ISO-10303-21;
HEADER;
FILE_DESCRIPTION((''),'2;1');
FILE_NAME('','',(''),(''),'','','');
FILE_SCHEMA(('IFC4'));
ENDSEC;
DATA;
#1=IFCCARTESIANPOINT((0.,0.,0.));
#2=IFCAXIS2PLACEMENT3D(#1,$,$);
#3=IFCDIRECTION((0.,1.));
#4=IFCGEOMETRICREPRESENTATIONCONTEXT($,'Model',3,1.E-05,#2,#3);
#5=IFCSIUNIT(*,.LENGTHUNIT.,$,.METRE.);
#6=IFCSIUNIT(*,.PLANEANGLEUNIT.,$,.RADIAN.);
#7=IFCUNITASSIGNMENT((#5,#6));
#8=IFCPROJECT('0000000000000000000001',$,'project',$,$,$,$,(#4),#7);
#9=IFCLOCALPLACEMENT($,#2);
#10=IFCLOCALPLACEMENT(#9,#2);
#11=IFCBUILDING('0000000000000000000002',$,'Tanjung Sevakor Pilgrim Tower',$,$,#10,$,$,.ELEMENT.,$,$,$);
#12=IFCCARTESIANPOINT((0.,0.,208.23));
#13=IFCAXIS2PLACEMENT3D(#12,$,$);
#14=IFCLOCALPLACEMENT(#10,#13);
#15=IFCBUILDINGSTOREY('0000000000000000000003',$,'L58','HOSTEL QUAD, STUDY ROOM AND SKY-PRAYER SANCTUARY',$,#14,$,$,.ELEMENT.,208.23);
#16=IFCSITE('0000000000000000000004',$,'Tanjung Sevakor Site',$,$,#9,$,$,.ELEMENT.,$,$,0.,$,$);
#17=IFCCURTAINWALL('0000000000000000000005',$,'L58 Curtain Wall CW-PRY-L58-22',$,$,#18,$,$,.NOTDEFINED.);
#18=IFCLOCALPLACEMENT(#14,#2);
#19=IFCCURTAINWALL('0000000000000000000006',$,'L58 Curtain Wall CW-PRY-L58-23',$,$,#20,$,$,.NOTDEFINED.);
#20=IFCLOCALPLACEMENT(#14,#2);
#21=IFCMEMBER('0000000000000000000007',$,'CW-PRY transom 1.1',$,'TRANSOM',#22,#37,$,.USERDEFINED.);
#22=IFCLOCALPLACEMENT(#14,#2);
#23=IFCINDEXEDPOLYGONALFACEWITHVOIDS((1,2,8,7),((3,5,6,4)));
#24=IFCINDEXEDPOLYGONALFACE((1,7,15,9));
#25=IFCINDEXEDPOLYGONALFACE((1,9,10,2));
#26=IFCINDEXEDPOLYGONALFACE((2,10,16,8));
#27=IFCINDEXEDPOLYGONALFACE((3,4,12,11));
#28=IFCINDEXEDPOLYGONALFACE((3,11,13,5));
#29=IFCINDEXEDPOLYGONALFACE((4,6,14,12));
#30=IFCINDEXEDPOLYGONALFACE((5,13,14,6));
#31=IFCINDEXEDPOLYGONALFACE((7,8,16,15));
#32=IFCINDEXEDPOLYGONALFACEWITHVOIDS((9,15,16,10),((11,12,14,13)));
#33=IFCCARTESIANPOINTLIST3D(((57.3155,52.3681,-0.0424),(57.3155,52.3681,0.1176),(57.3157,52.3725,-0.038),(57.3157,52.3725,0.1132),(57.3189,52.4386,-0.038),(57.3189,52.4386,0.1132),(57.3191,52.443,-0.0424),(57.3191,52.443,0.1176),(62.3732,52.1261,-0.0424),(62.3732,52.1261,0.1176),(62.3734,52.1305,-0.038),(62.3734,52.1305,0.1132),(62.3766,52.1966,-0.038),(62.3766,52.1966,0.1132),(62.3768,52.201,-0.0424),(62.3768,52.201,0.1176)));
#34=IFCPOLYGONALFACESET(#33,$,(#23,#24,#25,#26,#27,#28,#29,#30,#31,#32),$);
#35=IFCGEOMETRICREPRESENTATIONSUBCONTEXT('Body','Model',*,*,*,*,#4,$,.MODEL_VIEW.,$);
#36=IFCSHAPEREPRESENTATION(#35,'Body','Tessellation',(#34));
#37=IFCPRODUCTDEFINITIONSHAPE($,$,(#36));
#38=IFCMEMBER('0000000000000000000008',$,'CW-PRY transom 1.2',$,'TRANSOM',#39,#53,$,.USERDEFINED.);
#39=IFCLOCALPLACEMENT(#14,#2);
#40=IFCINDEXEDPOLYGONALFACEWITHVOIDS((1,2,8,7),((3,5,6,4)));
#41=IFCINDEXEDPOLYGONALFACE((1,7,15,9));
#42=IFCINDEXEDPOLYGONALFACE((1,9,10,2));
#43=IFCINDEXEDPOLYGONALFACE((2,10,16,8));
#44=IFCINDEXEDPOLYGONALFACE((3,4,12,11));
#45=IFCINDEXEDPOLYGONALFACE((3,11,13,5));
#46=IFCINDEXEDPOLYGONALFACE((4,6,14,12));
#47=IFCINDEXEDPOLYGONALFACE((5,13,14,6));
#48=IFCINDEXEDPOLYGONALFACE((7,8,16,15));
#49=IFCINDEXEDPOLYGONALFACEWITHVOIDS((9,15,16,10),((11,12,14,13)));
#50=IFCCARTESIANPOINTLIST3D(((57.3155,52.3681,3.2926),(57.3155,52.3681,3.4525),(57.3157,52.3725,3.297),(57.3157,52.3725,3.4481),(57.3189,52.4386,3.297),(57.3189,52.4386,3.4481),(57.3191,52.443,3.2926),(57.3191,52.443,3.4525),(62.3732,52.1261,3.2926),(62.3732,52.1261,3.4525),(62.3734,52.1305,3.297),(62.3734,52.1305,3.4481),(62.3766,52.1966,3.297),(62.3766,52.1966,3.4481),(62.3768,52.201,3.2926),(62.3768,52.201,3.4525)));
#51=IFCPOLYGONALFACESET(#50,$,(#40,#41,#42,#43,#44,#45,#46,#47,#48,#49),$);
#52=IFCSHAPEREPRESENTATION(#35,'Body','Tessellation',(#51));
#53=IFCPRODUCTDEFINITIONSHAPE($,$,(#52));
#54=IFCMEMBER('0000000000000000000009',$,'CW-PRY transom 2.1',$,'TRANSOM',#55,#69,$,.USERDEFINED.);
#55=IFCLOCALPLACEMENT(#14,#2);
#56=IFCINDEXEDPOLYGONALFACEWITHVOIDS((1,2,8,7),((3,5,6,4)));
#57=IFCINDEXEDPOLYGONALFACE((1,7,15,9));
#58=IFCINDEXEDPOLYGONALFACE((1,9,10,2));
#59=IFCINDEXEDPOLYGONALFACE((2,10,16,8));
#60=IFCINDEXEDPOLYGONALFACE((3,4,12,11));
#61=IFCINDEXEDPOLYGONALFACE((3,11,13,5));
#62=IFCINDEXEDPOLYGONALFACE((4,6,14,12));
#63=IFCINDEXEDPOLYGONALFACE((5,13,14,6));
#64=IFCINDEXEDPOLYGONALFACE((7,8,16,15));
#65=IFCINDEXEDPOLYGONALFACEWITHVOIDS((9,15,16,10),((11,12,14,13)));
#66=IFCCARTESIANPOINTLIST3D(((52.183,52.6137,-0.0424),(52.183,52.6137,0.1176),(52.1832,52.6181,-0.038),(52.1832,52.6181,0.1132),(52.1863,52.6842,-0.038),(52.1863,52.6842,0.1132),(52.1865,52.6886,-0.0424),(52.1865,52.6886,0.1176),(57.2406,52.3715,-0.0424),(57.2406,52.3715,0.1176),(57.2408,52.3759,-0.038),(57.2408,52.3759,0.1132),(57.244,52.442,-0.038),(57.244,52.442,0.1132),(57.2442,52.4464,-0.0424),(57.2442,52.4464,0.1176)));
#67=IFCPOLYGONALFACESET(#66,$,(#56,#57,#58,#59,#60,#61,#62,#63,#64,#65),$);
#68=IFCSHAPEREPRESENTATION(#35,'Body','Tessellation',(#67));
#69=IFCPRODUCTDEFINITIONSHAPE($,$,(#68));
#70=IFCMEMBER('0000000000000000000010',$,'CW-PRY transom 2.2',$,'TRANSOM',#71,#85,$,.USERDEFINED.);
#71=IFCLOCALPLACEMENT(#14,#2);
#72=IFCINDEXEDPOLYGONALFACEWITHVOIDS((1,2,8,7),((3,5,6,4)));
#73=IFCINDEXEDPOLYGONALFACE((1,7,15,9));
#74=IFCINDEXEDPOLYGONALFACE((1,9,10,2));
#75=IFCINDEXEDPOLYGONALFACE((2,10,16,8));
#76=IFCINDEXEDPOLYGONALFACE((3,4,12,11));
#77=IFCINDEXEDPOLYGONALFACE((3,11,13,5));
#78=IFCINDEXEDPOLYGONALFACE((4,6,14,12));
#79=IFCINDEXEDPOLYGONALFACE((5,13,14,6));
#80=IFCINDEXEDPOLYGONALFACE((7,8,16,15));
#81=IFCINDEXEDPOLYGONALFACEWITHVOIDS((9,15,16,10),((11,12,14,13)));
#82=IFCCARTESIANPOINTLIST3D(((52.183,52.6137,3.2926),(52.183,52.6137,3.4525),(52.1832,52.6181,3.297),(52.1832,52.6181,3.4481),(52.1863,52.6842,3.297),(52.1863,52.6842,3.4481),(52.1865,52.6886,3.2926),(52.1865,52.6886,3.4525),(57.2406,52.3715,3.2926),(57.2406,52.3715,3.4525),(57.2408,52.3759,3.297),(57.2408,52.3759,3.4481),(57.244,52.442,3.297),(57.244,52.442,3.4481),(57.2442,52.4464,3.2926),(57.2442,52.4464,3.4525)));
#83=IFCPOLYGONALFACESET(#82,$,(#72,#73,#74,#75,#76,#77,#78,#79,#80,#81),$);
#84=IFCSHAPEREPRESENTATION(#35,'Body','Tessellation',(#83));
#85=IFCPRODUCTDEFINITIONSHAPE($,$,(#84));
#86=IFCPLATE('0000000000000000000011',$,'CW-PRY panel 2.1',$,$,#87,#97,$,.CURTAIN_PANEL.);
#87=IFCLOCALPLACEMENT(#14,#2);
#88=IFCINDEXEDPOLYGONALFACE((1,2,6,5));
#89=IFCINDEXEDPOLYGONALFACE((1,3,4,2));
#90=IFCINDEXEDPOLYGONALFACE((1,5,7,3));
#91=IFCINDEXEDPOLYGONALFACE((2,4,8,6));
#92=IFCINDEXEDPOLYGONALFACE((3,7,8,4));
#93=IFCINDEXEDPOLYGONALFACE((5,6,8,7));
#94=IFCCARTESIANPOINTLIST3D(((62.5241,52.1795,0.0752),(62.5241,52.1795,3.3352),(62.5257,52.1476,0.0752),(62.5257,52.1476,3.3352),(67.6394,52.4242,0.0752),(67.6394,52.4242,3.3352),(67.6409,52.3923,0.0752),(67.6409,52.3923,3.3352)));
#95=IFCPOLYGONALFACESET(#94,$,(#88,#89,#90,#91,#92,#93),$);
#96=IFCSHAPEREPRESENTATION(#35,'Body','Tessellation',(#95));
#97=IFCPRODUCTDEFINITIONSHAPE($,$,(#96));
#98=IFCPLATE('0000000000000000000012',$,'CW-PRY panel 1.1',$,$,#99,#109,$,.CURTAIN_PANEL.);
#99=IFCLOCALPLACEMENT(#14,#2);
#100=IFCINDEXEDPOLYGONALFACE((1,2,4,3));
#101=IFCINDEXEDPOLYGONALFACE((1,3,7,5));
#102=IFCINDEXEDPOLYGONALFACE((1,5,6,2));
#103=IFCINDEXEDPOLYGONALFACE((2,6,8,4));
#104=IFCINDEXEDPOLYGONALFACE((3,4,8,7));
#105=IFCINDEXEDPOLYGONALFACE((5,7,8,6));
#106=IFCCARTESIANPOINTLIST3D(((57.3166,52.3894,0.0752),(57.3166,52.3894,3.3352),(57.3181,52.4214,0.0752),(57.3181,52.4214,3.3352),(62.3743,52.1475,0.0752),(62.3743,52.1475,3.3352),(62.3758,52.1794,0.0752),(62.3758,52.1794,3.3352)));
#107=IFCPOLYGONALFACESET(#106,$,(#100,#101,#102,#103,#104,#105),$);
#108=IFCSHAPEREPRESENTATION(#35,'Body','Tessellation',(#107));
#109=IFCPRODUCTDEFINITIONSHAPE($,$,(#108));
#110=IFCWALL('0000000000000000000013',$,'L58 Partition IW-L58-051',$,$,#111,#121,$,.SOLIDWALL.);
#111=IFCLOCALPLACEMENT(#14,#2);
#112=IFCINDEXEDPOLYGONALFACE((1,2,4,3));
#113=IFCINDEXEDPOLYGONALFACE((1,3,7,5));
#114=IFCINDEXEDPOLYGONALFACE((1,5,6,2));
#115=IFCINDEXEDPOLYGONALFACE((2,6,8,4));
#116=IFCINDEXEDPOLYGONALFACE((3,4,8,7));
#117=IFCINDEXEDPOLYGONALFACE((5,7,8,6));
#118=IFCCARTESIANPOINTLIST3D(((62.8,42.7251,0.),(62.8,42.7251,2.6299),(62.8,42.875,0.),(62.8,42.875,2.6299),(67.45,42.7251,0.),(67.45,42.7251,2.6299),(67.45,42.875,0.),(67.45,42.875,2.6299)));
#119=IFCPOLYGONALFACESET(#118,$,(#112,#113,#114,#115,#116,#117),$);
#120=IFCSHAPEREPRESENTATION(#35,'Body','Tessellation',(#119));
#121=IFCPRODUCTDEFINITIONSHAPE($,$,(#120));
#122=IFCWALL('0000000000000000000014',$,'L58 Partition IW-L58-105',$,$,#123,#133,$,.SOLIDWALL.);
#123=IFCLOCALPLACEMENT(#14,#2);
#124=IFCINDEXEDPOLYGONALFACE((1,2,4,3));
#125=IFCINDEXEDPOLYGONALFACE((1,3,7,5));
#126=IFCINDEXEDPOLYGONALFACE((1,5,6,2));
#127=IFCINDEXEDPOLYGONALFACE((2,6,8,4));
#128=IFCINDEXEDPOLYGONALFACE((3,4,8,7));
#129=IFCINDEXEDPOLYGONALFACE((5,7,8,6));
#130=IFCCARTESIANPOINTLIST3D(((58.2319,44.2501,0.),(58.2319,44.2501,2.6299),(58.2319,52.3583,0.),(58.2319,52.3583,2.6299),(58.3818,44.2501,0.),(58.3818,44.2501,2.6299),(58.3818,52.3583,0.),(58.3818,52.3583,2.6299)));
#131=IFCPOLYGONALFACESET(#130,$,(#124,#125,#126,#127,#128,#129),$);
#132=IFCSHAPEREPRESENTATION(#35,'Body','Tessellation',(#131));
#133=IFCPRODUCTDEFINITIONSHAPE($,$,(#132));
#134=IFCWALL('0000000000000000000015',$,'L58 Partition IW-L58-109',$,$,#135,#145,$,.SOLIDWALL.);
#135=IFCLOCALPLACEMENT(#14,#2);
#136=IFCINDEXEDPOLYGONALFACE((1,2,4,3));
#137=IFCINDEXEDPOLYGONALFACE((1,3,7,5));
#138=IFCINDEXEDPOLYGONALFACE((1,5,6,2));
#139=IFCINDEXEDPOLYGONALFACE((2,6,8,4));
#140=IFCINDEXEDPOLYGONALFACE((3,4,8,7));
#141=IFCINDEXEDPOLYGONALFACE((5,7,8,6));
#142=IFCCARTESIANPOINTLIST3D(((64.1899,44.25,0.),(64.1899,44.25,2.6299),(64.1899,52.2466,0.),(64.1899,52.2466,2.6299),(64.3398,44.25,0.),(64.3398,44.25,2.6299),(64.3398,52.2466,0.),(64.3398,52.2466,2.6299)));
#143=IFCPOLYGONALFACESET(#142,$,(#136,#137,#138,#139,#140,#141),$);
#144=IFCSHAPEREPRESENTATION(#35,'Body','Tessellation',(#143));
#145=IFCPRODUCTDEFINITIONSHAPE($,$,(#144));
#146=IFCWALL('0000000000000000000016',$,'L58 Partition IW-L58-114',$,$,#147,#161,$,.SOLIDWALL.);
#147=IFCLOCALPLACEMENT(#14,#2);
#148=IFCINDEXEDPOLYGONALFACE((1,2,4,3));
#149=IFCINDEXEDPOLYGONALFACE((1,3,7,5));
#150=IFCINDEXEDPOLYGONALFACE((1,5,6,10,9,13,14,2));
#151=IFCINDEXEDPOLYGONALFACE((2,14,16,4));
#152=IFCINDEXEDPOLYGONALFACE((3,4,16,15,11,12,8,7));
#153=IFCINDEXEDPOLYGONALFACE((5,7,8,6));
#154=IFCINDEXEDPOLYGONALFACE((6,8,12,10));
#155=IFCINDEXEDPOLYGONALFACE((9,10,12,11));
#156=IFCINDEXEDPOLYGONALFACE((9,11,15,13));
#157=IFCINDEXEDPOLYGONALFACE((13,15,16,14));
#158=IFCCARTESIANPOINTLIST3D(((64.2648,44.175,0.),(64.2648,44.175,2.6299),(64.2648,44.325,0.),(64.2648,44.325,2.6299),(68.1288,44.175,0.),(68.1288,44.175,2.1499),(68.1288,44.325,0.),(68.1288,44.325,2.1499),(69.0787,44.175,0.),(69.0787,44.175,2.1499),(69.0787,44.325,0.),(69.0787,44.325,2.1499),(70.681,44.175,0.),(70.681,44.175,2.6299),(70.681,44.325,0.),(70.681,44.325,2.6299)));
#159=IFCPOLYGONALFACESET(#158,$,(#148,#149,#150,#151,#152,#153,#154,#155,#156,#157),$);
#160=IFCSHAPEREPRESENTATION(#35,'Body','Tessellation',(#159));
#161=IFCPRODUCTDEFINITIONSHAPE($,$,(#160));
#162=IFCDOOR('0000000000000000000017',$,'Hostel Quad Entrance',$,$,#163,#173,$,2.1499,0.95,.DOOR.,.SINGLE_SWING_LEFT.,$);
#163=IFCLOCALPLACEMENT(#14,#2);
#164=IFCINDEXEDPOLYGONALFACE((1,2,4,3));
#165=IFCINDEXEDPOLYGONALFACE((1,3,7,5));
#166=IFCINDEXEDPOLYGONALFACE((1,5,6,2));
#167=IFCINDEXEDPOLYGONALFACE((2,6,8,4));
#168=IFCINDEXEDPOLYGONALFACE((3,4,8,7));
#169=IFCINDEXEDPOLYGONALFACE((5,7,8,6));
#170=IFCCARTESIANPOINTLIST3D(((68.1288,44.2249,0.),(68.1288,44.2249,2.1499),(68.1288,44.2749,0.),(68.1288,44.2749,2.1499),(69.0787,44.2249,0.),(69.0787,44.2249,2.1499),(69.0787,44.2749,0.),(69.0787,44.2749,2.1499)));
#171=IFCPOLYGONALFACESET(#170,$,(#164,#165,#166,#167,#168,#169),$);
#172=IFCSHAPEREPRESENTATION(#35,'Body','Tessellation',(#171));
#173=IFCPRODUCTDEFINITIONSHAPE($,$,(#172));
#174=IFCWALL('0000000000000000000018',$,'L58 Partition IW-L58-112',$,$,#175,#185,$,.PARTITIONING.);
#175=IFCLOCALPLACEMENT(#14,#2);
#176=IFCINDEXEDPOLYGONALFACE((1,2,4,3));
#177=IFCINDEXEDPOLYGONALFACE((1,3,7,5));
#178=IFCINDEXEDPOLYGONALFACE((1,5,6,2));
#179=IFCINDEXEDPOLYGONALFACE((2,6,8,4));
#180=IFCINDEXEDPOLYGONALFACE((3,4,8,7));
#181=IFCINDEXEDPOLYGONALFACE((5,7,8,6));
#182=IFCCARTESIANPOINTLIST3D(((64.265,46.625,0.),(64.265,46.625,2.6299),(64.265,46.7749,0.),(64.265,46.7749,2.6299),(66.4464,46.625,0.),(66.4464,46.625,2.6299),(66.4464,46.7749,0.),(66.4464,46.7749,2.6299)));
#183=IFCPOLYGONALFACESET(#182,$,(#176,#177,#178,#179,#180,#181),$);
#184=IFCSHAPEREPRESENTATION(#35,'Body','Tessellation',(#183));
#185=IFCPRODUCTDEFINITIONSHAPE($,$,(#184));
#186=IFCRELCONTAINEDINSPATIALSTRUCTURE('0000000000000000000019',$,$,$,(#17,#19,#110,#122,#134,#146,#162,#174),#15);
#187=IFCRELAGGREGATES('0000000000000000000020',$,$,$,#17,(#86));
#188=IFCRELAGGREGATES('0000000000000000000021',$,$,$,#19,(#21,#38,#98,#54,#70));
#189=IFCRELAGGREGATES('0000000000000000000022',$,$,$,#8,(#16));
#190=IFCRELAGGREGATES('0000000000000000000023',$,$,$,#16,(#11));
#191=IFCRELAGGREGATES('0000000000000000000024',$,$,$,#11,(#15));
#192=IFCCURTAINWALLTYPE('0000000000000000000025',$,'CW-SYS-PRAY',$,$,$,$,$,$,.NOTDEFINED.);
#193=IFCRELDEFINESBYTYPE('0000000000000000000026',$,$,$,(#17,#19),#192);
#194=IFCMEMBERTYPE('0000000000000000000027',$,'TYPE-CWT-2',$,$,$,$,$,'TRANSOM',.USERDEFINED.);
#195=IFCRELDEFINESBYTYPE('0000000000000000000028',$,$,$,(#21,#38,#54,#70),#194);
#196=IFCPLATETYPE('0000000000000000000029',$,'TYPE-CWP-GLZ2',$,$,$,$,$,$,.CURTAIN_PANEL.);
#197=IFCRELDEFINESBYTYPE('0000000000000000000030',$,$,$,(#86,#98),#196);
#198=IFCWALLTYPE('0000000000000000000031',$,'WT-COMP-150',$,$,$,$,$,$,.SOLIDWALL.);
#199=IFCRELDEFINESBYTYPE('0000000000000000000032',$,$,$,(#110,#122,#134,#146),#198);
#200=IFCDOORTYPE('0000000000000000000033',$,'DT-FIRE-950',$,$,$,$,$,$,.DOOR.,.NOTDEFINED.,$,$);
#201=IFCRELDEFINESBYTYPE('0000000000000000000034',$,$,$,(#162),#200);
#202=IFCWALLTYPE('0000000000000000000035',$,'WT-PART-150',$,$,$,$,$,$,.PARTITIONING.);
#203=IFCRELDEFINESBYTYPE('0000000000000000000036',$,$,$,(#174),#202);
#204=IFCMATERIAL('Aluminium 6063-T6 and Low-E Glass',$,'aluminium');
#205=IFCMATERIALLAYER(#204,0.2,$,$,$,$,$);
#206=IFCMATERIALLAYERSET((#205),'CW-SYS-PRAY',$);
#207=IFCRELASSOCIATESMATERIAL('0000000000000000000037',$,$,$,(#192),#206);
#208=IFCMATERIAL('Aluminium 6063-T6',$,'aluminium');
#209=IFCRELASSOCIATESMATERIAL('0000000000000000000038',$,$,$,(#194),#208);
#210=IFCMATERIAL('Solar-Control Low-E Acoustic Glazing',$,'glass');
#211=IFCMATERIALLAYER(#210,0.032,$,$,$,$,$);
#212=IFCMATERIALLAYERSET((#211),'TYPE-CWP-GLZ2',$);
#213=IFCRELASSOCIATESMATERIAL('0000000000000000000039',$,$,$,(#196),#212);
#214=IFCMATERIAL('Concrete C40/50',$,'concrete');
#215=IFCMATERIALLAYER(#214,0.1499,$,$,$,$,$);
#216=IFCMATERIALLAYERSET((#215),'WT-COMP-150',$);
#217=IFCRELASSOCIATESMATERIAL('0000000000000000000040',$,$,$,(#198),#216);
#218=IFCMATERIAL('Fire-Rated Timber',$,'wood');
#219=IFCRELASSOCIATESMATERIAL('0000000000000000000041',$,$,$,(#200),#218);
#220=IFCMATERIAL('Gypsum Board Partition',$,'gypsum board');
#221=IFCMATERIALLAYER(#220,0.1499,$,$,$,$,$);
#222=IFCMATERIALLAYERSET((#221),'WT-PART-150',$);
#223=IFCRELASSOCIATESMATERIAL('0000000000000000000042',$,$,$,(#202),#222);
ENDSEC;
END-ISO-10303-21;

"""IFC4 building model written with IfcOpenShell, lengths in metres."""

from ifc_helpers import new_model, si_unit, direction, frame, frame_2d, origin, origin_2d, place, context, subcontext, project, spatial, rectangle, hollow_rectangle, extrude, material, layer, layer_set, material_profile, profile_set, type_object, element, fill, aggregate, save


model = new_model("IFC4")

# Units and contexts
model_context = context("Model", 3, precision=1e-05, world=origin(), true_north=direction((0.0, 1.0)))
body_context = subcontext(model_context, "Body", "Model", "MODEL_VIEW")
ifc_project = project(units=[si_unit("LENGTHUNIT", "METRE"), si_unit("PLANEANGLEUNIT", "RADIAN")], contexts=[model_context])

# Site, building, storey
site_placement = place(None, origin())
site = spatial("IfcSite", under=ifc_project, at=site_placement, Name="Tanjung Sevakor Site", CompositionType="ELEMENT", RefElevation=0.0)
building_placement = place(site_placement, origin())
building = spatial("IfcBuilding", under=site, at=building_placement, Name="Tanjung Sevakor Pilgrim Tower", CompositionType="ELEMENT")
storey_placement = place(building_placement, frame((0.0, 0.0, 208.23)))
storey = spatial("IfcBuildingStorey", under=building, at=storey_placement, Name="L58", Description="HOSTEL QUAD, STUDY ROOM AND SKY-PRAYER SANCTUARY", CompositionType="ELEMENT", Elevation=208.23)

# Curtain walls
ifc_material_1 = material(Name="Aluminium 6063-T6 and Low-E Glass", Category="aluminium")
ifc_layer_1 = layer(ifc_material_1, 0.2)
ifc_layer_set_1 = layer_set([ifc_layer_1], Name="CW-SYS-PRAY")
curtain_wall_type = type_object("IfcCurtainWallType", Name="CW-SYS-PRAY", PredefinedType="NOTDEFINED", material=ifc_layer_set_1)
curtain_wall_1_placement = place(storey_placement, origin())
curtain_wall_1 = element("IfcCurtainWall", 1, at=curtain_wall_1_placement, inside=storey, type_object=curtain_wall_type, Name="L58 Curtain Wall CW-PRY-L58-22", PredefinedType="NOTDEFINED")
curtain_wall_2_placement = place(storey_placement, origin())
curtain_wall_2 = element("IfcCurtainWall", 2, at=curtain_wall_2_placement, inside=storey, type_object=curtain_wall_type, Name="L58 Curtain Wall CW-PRY-L58-23", PredefinedType="NOTDEFINED")

# Members
ifc_material_2 = material(Name="Aluminium 6063-T6", Category="aluminium")
ifc_material_profile_1 = material_profile(ifc_material_2, hollow_rectangle(XDim=0.075, YDim=0.1599, WallThickness=0.0044, at=origin_2d()))
ifc_profile_set_1 = profile_set([ifc_material_profile_1], Name="Aluminium 6063-T6")
member_type_1 = type_object("IfcMemberType", Name="TYPE-CWT-2", ElementType="TRANSOM", PredefinedType="USERDEFINED", material=ifc_profile_set_1)
member_1_placement = place(storey_placement, frame((62.375, 52.1636, 0.0376), z_axis=(-0.998858, 0.047783, 0.0), x_axis=(-0.047783, -0.998858, 0.0)))
member_1 = element("IfcMember", 3, at=member_1_placement, type_object=member_type_1, Name="CW-PRY transom 1.1", ObjectType="TRANSOM", PredefinedType="USERDEFINED", context=body_context, shape_type="SweptSolid", body=[
    extrude(hollow_rectangle(XDim=0.075, YDim=0.1599, WallThickness=0.0044, at=origin_2d()), origin(), (0.0, 0.0, 1.0), 5.0635),
])
member_2_placement = place(storey_placement, frame((62.375, 52.1636, 3.3726), z_axis=(-0.998858, 0.047783, 0.0), x_axis=(-0.047783, -0.998858, 0.0)))
member_2 = element("IfcMember", 4, at=member_2_placement, type_object=member_type_1, Name="CW-PRY transom 1.2", ObjectType="TRANSOM", PredefinedType="USERDEFINED", context=body_context, shape_type="SweptSolid", body=[
    extrude(hollow_rectangle(XDim=0.075, YDim=0.1599, WallThickness=0.0044, at=origin_2d()), origin(), (0.0, 0.0, 1.0), 5.0635),
])
member_3_placement = place(storey_placement, frame((57.2424, 52.4089, 0.0376), z_axis=(-0.998855, 0.047831, 0.0), x_axis=(-0.047831, -0.998855, 0.0)))
member_3 = element("IfcMember", 5, at=member_3_placement, type_object=member_type_1, Name="CW-PRY transom 2.1", ObjectType="TRANSOM", PredefinedType="USERDEFINED", context=body_context, shape_type="SweptSolid", body=[
    extrude(hollow_rectangle(XDim=0.075, YDim=0.1599, WallThickness=0.0044, at=origin_2d()), origin(), (0.0, 0.0, 1.0), 5.0635),
])
member_4_placement = place(storey_placement, frame((57.2424, 52.4089, 3.3726), z_axis=(-0.998855, 0.047831, 0.0), x_axis=(-0.047831, -0.998855, 0.0)))
member_4 = element("IfcMember", 6, at=member_4_placement, type_object=member_type_1, Name="CW-PRY transom 2.2", ObjectType="TRANSOM", PredefinedType="USERDEFINED", context=body_context, shape_type="SweptSolid", body=[
    extrude(hollow_rectangle(XDim=0.075, YDim=0.1599, WallThickness=0.0044, at=origin_2d()), origin(), (0.0, 0.0, 1.0), 5.0635),
])

# Plates
ifc_material_3 = material(Name="Solar-Control Low-E Acoustic Glazing", Category="glass")
ifc_layer_2 = layer(ifc_material_3, 0.032)
ifc_layer_set_2 = layer_set([ifc_layer_2], Name="TYPE-CWP-GLZ2")
plate_type = type_object("IfcPlateType", Name="TYPE-CWP-GLZ2", PredefinedType="CURTAIN_PANEL", material=ifc_layer_set_2)
plate_1_placement = place(storey_placement, frame((65.0825, 52.2859, 0.0752), z_axis=(0.0, 0.0, 1.0), x_axis=(-0.998858, -0.047787, 0.0)))
plate_1 = element("IfcPlate", 7, at=plate_1_placement, type_object=plate_type, Name="CW-PRY panel 2.1", PredefinedType="CURTAIN_PANEL", context=body_context, shape_type="SweptSolid", body=[
    extrude(rectangle(XDim=5.1211, YDim=0.032, at=origin_2d()), origin(), (0.0, 0.0, 1.0), 3.26),
])
aggregate(curtain_wall_1, [plate_1])
plate_2_placement = place(storey_placement, frame((59.8462, 52.2844, 0.0752), z_axis=(0.0, 0.0, 1.0), x_axis=(-0.998857, 0.047789, 0.0)))
plate_2 = element("IfcPlate", 8, at=plate_2_placement, type_object=plate_type, Name="CW-PRY panel 1.1", PredefinedType="CURTAIN_PANEL", context=body_context, shape_type="SweptSolid", body=[
    extrude(rectangle(XDim=5.0635, YDim=0.032, at=origin_2d()), origin(), (0.0, 0.0, 1.0), 3.26),
])
aggregate(curtain_wall_2, [member_1, member_2, plate_2, member_3, member_4])

# Walls
ifc_material_4 = material(Name="Concrete C40/50", Category="concrete")
ifc_layer_3 = layer(ifc_material_4, 0.1499)
ifc_layer_set_3 = layer_set([ifc_layer_3], Name="WT-COMP-150")
wall_type_1 = type_object("IfcWallType", Name="WT-COMP-150", PredefinedType="SOLIDWALL", material=ifc_layer_set_3)
wall_1_placement = place(storey_placement, frame((62.8, 42.8, 0.0), z_axis=(0.0, 0.0, 1.0), x_axis=(1.0, 0.0, 0.0)))
element("IfcWall", 9, at=wall_1_placement, inside=storey, type_object=wall_type_1, Name="L58 Partition IW-L58-051", PredefinedType="SOLIDWALL", context=body_context, shape_type="SweptSolid", body=[
    extrude(rectangle(XDim=4.6499, YDim=0.1499, at=frame_2d((2.325, 0.0))), origin(), (0.0, 0.0, 1.0), 2.6299),
])
wall_2_placement = place(storey_placement, frame((58.3069, 44.25, 0.0), z_axis=(0.0, 0.0, 1.0), x_axis=(0.0, 1.0, 0.0)))
element("IfcWall", 10, at=wall_2_placement, inside=storey, type_object=wall_type_1, Name="L58 Partition IW-L58-105", PredefinedType="SOLIDWALL", context=body_context, shape_type="SweptSolid", body=[
    extrude(rectangle(XDim=8.1082, YDim=0.1499, at=frame_2d((4.0542, 0.0))), origin(), (0.0, 0.0, 1.0), 2.6299),
])
wall_3_placement = place(storey_placement, frame((64.2649, 44.25, 0.0), z_axis=(0.0, 0.0, 1.0), x_axis=(0.0, 1.0, 0.0)))
element("IfcWall", 11, at=wall_3_placement, inside=storey, type_object=wall_type_1, Name="L58 Partition IW-L58-109", PredefinedType="SOLIDWALL", context=body_context, shape_type="SweptSolid", body=[
    extrude(rectangle(XDim=7.9966, YDim=0.1499, at=frame_2d((3.9983, 0.0))), origin(), (0.0, 0.0, 1.0), 2.6299),
])

# Wall, opening, door
wall_4_placement = place(storey_placement, frame((64.2649, 44.25, 0.0), z_axis=(0.0, 0.0, 1.0), x_axis=(1.0, 0.0, 0.0)))
wall_4 = element("IfcWall", 12, at=wall_4_placement, inside=storey, type_object=wall_type_1, Name="L58 Partition IW-L58-114", PredefinedType="SOLIDWALL", context=body_context, shape_type="SweptSolid", body=[
    extrude(rectangle(XDim=6.4163, YDim=0.1499, at=frame_2d((3.208, 0.0))), origin(), (0.0, 0.0, 1.0), 2.6299),
])
opening_1_placement = place(wall_4_placement, frame((3.8638, 0.0, 0.0)))
opening_1 = element("IfcOpeningElement", 13, at=opening_1_placement, cuts=wall_4, PredefinedType="OPENING", context=body_context, shape_type="SweptSolid", body=[
    extrude(rectangle(XDim=0.95, YDim=2.1499, at=frame_2d((0.4751, 1.075))), frame((0.0, 0.085, 0.0), z_axis=(0.0, -1.0, 0.0), x_axis=(1.0, 0.0, 0.0)), (0.0, 0.0, 1.0), 0.1699),
])
ifc_material_5 = material(Name="Fire-Rated Timber", Category="wood")
door_type_1 = type_object("IfcDoorType", Name="DT-FIRE-950", OperationType="NOTDEFINED", PredefinedType="DOOR", material=ifc_material_5)
door_1_placement = place(opening_1_placement, origin())
door_1 = element("IfcDoor", 14, at=door_1_placement, inside=storey, type_object=door_type_1, Name="Hostel Quad Entrance", OperationType="SINGLE_SWING_LEFT", OverallHeight=2.1499, OverallWidth=0.95, PredefinedType="DOOR", context=body_context, shape_type="SweptSolid", body=[
    extrude(rectangle(XDim=0.95, YDim=2.1499, at=frame_2d((0.4751, 1.075))), frame((0.0, 0.0249, 0.0), z_axis=(0.0, -1.0, 0.0), x_axis=(1.0, 0.0, 0.0)), (0.0, 0.0, 1.0), 0.05),
])
fill(opening_1, door_1)

# Wall
ifc_material_6 = material(Name="Gypsum Board Partition", Category="gypsum board")
ifc_layer_4 = layer(ifc_material_6, 0.1499)
ifc_layer_set_4 = layer_set([ifc_layer_4], Name="WT-PART-150")
wall_type_2 = type_object("IfcWallType", Name="WT-PART-150", PredefinedType="PARTITIONING", material=ifc_layer_set_4)
wall_5_placement = place(storey_placement, frame((64.2649, 46.7, 0.0), z_axis=(0.0, 0.0, 1.0), x_axis=(1.0, 0.0, 0.0)))
element("IfcWall", 15, at=wall_5_placement, inside=storey, type_object=wall_type_2, Name="L58 Partition IW-L58-112", PredefinedType="PARTITIONING", context=body_context, shape_type="SweptSolid", body=[
    extrude(rectangle(XDim=2.1814, YDim=0.1499, at=frame_2d((1.0908, 0.0))), origin(), (0.0, 0.0, 1.0), 2.6299),
])

save(model, "model.ifc")
